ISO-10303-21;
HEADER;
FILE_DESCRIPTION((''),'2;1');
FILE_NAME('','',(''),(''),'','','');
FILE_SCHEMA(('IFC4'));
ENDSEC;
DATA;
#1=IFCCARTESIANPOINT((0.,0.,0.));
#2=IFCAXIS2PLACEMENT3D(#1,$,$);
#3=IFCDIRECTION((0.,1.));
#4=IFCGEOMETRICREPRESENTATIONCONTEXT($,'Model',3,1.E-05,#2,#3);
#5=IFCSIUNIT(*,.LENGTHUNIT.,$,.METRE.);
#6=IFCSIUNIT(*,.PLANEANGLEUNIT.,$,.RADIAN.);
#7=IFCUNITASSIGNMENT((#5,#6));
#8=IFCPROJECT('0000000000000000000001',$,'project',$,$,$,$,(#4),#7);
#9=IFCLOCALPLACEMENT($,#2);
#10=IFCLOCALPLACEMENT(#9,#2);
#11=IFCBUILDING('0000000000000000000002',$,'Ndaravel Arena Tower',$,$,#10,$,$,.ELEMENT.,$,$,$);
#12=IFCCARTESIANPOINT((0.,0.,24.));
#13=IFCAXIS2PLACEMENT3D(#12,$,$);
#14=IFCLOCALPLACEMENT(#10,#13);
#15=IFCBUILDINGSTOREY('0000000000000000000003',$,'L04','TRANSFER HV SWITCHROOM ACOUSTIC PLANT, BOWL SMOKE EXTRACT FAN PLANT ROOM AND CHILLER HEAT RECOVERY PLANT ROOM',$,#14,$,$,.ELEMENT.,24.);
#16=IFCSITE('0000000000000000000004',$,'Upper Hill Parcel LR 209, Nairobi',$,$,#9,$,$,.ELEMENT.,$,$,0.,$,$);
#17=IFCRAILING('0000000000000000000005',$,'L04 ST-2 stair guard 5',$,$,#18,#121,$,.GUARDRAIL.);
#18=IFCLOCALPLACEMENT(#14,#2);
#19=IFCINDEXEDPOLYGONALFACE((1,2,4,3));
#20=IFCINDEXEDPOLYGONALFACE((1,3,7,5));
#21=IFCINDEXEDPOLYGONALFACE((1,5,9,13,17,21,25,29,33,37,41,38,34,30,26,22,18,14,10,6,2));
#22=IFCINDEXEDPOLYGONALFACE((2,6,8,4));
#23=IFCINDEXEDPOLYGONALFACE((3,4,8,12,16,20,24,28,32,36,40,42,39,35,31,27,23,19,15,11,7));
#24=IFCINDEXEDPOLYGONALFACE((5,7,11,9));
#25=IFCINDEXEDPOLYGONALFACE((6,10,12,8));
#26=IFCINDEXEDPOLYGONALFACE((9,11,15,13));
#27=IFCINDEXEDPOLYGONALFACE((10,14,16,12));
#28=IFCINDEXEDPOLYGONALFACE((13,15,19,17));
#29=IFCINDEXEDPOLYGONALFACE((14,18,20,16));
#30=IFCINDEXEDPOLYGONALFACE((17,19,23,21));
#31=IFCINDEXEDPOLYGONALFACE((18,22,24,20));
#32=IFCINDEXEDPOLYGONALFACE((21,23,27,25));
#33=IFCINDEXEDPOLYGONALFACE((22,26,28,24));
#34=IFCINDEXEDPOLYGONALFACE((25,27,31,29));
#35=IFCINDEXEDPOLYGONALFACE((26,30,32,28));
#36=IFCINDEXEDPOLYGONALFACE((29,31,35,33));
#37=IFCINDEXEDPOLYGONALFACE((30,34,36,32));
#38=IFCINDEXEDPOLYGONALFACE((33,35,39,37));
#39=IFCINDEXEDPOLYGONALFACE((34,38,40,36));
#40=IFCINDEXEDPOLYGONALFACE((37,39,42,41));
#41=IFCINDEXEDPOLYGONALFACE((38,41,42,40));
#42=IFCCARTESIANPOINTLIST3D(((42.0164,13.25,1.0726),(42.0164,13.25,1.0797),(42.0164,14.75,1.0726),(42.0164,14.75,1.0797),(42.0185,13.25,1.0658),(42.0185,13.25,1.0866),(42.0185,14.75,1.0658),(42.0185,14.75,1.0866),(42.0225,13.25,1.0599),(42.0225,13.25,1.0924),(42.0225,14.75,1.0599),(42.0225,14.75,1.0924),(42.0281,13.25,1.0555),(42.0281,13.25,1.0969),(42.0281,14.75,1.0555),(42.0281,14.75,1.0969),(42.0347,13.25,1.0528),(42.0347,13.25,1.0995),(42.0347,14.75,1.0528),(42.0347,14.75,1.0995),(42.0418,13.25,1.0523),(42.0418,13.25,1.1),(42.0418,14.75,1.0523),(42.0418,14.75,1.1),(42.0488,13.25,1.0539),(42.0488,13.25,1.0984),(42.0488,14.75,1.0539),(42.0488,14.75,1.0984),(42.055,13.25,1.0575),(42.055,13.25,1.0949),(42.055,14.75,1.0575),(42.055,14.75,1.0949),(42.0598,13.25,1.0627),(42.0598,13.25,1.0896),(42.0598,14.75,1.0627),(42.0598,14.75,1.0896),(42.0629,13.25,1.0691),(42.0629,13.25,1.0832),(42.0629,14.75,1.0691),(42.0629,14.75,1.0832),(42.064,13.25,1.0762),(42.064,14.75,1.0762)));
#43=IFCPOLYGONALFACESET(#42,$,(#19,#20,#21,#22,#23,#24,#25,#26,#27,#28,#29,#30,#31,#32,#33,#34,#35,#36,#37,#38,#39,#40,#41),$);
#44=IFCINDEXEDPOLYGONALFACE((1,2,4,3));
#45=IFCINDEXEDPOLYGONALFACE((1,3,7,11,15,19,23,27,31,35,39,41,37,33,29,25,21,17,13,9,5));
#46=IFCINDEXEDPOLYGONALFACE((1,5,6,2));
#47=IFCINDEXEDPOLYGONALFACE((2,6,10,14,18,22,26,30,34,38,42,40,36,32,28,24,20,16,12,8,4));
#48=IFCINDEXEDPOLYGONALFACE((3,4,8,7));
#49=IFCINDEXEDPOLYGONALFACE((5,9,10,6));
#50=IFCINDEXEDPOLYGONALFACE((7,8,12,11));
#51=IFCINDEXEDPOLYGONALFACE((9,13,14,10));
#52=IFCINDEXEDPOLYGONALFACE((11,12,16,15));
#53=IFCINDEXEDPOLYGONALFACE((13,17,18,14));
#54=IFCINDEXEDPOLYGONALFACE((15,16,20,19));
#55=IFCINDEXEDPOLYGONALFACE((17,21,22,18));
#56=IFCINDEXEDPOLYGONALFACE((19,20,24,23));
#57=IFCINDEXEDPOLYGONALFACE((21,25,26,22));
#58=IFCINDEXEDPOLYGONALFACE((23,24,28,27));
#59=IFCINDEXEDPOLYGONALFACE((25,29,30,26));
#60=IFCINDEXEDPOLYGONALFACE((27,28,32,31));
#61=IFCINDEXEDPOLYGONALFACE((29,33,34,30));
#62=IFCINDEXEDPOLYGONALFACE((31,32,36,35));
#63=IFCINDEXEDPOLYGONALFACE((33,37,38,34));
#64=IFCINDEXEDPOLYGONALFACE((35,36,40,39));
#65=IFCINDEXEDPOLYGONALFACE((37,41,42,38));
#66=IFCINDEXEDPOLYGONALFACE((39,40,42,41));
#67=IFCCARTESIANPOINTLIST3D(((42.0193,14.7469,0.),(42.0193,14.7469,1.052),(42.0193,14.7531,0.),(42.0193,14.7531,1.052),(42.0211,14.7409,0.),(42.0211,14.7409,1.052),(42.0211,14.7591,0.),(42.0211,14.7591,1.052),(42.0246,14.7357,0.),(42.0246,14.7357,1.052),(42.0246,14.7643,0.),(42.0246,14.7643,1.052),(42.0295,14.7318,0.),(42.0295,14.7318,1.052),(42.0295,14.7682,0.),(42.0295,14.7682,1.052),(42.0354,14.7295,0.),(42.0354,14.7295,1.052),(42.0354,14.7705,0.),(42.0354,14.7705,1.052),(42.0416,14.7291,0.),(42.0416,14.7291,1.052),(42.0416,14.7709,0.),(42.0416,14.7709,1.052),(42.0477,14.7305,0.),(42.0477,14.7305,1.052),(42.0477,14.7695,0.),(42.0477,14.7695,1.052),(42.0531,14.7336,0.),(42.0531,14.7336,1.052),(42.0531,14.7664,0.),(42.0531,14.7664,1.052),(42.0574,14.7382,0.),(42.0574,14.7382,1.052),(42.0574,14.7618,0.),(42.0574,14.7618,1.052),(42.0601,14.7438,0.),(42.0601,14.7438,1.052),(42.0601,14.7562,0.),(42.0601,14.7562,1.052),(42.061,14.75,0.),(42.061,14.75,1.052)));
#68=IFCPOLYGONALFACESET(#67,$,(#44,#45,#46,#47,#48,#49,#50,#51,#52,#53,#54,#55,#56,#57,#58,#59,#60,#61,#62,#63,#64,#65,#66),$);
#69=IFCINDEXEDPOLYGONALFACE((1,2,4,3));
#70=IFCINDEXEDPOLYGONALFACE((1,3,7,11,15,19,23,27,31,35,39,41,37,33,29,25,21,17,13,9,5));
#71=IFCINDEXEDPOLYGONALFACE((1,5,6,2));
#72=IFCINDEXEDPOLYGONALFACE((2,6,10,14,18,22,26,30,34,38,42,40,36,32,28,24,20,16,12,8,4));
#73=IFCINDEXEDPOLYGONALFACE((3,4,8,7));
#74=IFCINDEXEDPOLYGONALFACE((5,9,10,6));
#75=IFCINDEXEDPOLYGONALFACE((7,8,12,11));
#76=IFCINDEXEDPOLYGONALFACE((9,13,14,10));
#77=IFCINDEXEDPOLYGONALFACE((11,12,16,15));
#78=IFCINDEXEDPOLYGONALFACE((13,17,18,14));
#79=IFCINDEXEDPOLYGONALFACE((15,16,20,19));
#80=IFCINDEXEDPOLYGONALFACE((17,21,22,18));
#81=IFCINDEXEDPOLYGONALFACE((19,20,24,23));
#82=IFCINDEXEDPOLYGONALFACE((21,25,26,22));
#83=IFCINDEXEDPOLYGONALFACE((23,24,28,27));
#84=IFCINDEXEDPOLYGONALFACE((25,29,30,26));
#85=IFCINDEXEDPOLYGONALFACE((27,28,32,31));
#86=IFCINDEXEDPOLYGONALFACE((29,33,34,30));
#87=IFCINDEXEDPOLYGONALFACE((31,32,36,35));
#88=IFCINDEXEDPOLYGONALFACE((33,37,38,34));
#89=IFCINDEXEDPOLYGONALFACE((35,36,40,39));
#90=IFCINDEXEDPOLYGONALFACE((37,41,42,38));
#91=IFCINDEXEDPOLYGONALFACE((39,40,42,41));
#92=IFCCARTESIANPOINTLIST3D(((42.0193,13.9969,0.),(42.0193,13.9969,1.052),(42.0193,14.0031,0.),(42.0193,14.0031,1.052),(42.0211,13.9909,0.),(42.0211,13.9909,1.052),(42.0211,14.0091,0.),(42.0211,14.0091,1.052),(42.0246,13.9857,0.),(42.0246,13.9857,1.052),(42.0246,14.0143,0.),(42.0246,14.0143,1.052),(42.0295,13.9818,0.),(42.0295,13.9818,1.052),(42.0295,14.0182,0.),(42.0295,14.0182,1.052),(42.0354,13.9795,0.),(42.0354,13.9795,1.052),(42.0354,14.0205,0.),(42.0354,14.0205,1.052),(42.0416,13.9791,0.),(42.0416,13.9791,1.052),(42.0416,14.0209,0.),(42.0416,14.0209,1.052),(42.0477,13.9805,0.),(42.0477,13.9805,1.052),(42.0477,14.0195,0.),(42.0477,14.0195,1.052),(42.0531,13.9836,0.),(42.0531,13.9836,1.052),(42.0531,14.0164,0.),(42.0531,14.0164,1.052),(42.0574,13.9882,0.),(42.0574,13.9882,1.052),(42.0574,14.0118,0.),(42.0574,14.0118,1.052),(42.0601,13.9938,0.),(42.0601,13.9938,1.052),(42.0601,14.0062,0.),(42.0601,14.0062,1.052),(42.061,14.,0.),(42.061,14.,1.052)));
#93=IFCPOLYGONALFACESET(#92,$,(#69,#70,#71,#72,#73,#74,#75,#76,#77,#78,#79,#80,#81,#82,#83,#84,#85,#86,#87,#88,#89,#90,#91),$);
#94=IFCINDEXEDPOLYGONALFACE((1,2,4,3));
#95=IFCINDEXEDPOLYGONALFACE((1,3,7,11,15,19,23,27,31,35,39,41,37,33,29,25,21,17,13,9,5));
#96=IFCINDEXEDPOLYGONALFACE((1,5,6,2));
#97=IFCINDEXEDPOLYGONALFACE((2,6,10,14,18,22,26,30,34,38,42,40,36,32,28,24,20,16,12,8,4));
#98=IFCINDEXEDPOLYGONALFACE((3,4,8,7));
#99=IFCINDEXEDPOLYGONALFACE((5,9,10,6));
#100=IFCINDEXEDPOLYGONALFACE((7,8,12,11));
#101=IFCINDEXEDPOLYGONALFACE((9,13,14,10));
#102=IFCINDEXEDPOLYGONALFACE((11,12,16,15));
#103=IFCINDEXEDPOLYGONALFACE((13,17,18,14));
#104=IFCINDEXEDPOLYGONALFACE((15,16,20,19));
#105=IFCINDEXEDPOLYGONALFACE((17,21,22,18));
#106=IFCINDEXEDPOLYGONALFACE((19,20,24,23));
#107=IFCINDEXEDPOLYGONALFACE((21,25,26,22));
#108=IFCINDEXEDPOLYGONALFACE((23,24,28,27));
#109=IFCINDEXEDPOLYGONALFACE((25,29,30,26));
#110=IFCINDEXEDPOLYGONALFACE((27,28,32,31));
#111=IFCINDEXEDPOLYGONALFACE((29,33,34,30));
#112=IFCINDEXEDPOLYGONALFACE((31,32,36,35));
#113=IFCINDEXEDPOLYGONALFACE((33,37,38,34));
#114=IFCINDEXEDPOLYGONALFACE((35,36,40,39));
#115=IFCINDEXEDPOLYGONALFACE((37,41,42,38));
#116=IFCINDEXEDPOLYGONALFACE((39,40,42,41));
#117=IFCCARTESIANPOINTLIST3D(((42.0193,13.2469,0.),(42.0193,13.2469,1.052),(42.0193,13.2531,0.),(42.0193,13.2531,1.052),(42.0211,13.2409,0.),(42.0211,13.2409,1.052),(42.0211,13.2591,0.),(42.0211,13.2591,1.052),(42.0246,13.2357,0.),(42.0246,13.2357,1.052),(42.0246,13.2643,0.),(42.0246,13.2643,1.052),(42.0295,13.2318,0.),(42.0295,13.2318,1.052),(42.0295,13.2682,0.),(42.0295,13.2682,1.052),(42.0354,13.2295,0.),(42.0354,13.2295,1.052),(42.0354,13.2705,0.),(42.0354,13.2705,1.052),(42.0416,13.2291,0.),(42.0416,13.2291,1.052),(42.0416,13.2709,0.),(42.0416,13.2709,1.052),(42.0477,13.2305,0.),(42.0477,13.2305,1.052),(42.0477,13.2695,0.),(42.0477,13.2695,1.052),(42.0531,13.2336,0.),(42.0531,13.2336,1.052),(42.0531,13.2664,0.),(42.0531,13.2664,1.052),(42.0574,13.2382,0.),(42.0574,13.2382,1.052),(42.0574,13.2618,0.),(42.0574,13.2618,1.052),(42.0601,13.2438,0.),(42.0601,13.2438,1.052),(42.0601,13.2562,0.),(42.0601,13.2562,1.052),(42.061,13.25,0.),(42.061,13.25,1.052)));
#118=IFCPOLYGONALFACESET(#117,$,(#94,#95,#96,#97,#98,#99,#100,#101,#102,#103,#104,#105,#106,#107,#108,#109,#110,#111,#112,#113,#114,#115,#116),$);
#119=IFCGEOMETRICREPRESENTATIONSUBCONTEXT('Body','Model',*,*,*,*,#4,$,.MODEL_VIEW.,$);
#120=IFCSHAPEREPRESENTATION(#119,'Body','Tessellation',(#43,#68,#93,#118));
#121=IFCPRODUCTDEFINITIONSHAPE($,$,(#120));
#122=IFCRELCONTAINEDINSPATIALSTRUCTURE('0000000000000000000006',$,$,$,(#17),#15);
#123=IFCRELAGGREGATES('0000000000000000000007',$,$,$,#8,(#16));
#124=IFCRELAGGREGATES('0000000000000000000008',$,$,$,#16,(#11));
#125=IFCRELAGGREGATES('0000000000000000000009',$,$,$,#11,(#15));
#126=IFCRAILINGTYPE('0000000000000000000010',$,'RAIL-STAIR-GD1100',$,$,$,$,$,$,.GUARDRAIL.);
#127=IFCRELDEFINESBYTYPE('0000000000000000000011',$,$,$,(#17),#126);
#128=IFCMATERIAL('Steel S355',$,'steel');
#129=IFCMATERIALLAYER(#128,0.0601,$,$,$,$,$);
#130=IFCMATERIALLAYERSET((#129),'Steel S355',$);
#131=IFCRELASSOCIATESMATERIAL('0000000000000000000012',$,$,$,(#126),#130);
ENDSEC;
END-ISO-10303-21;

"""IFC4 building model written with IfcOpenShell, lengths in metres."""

from ifc_helpers import new_model, si_unit, direction, frame, origin, origin_2d, place, context, subcontext, project, spatial, circle, extrude, material, layer, layer_set, type_object, element, save


model = new_model("IFC4")

# Units and contexts
model_context = context("Model", 3, precision=1e-05, world=origin(), true_north=direction((0.0, 1.0)))
body_context = subcontext(model_context, "Body", "Model", "MODEL_VIEW")
ifc_project = project(units=[si_unit("LENGTHUNIT", "METRE"), si_unit("PLANEANGLEUNIT", "RADIAN")], contexts=[model_context])

# Site, building, storey
site_placement = place(None, origin())
site = spatial("IfcSite", under=ifc_project, at=site_placement, Name="Upper Hill Parcel LR 209, Nairobi", CompositionType="ELEMENT", RefElevation=0.0)
building_placement = place(site_placement, origin())
building = spatial("IfcBuilding", under=site, at=building_placement, Name="Ndaravel Arena Tower", CompositionType="ELEMENT")
storey_placement = place(building_placement, frame((0.0, 0.0, 24.0)))
storey = spatial("IfcBuildingStorey", under=building, at=storey_placement, Name="L04", Description="TRANSFER HV SWITCHROOM ACOUSTIC PLANT, BOWL SMOKE EXTRACT FAN PLANT ROOM AND CHILLER HEAT RECOVERY PLANT ROOM", CompositionType="ELEMENT", Elevation=24.0)

# Railing
ifc_material_1 = material(Name="Steel S355", Category="steel")
ifc_layer_1 = layer(ifc_material_1, 0.0601)
ifc_layer_set_1 = layer_set([ifc_layer_1], Name="Steel S355")
railing_type = type_object("IfcRailingType", Name="RAIL-STAIR-GD1100", PredefinedType="GUARDRAIL", material=ifc_layer_set_1)
railing_1_placement = place(storey_placement, frame((42.04, 14.75, 0.0)))
element("IfcRailing", 1, at=railing_1_placement, inside=storey, type_object=railing_type, Name="L04 ST-2 stair guard 5", PredefinedType="GUARDRAIL", context=body_context, shape_type="SweptSolid", body=[
    extrude(circle(Radius=0.0239, at=origin_2d()), frame((0.0, 0.0, 1.0762), z_axis=(0.0, -1.0, 0.0), x_axis=(1.0, 0.0, 0.0)), (0.0, 0.0, 1.0), 1.5),
    extrude(circle(Radius=0.021, at=origin_2d()), origin(), (0.0, 0.0, 1.0), 1.052),
    extrude(circle(Radius=0.021, at=origin_2d()), frame((0.0, -0.75, 0.0)), (0.0, 0.0, 1.0), 1.052),
    extrude(circle(Radius=0.021, at=origin_2d()), frame((0.0, -1.5, 0.0)), (0.0, 0.0, 1.0), 1.052),
])

save(model, "model.ifc")
